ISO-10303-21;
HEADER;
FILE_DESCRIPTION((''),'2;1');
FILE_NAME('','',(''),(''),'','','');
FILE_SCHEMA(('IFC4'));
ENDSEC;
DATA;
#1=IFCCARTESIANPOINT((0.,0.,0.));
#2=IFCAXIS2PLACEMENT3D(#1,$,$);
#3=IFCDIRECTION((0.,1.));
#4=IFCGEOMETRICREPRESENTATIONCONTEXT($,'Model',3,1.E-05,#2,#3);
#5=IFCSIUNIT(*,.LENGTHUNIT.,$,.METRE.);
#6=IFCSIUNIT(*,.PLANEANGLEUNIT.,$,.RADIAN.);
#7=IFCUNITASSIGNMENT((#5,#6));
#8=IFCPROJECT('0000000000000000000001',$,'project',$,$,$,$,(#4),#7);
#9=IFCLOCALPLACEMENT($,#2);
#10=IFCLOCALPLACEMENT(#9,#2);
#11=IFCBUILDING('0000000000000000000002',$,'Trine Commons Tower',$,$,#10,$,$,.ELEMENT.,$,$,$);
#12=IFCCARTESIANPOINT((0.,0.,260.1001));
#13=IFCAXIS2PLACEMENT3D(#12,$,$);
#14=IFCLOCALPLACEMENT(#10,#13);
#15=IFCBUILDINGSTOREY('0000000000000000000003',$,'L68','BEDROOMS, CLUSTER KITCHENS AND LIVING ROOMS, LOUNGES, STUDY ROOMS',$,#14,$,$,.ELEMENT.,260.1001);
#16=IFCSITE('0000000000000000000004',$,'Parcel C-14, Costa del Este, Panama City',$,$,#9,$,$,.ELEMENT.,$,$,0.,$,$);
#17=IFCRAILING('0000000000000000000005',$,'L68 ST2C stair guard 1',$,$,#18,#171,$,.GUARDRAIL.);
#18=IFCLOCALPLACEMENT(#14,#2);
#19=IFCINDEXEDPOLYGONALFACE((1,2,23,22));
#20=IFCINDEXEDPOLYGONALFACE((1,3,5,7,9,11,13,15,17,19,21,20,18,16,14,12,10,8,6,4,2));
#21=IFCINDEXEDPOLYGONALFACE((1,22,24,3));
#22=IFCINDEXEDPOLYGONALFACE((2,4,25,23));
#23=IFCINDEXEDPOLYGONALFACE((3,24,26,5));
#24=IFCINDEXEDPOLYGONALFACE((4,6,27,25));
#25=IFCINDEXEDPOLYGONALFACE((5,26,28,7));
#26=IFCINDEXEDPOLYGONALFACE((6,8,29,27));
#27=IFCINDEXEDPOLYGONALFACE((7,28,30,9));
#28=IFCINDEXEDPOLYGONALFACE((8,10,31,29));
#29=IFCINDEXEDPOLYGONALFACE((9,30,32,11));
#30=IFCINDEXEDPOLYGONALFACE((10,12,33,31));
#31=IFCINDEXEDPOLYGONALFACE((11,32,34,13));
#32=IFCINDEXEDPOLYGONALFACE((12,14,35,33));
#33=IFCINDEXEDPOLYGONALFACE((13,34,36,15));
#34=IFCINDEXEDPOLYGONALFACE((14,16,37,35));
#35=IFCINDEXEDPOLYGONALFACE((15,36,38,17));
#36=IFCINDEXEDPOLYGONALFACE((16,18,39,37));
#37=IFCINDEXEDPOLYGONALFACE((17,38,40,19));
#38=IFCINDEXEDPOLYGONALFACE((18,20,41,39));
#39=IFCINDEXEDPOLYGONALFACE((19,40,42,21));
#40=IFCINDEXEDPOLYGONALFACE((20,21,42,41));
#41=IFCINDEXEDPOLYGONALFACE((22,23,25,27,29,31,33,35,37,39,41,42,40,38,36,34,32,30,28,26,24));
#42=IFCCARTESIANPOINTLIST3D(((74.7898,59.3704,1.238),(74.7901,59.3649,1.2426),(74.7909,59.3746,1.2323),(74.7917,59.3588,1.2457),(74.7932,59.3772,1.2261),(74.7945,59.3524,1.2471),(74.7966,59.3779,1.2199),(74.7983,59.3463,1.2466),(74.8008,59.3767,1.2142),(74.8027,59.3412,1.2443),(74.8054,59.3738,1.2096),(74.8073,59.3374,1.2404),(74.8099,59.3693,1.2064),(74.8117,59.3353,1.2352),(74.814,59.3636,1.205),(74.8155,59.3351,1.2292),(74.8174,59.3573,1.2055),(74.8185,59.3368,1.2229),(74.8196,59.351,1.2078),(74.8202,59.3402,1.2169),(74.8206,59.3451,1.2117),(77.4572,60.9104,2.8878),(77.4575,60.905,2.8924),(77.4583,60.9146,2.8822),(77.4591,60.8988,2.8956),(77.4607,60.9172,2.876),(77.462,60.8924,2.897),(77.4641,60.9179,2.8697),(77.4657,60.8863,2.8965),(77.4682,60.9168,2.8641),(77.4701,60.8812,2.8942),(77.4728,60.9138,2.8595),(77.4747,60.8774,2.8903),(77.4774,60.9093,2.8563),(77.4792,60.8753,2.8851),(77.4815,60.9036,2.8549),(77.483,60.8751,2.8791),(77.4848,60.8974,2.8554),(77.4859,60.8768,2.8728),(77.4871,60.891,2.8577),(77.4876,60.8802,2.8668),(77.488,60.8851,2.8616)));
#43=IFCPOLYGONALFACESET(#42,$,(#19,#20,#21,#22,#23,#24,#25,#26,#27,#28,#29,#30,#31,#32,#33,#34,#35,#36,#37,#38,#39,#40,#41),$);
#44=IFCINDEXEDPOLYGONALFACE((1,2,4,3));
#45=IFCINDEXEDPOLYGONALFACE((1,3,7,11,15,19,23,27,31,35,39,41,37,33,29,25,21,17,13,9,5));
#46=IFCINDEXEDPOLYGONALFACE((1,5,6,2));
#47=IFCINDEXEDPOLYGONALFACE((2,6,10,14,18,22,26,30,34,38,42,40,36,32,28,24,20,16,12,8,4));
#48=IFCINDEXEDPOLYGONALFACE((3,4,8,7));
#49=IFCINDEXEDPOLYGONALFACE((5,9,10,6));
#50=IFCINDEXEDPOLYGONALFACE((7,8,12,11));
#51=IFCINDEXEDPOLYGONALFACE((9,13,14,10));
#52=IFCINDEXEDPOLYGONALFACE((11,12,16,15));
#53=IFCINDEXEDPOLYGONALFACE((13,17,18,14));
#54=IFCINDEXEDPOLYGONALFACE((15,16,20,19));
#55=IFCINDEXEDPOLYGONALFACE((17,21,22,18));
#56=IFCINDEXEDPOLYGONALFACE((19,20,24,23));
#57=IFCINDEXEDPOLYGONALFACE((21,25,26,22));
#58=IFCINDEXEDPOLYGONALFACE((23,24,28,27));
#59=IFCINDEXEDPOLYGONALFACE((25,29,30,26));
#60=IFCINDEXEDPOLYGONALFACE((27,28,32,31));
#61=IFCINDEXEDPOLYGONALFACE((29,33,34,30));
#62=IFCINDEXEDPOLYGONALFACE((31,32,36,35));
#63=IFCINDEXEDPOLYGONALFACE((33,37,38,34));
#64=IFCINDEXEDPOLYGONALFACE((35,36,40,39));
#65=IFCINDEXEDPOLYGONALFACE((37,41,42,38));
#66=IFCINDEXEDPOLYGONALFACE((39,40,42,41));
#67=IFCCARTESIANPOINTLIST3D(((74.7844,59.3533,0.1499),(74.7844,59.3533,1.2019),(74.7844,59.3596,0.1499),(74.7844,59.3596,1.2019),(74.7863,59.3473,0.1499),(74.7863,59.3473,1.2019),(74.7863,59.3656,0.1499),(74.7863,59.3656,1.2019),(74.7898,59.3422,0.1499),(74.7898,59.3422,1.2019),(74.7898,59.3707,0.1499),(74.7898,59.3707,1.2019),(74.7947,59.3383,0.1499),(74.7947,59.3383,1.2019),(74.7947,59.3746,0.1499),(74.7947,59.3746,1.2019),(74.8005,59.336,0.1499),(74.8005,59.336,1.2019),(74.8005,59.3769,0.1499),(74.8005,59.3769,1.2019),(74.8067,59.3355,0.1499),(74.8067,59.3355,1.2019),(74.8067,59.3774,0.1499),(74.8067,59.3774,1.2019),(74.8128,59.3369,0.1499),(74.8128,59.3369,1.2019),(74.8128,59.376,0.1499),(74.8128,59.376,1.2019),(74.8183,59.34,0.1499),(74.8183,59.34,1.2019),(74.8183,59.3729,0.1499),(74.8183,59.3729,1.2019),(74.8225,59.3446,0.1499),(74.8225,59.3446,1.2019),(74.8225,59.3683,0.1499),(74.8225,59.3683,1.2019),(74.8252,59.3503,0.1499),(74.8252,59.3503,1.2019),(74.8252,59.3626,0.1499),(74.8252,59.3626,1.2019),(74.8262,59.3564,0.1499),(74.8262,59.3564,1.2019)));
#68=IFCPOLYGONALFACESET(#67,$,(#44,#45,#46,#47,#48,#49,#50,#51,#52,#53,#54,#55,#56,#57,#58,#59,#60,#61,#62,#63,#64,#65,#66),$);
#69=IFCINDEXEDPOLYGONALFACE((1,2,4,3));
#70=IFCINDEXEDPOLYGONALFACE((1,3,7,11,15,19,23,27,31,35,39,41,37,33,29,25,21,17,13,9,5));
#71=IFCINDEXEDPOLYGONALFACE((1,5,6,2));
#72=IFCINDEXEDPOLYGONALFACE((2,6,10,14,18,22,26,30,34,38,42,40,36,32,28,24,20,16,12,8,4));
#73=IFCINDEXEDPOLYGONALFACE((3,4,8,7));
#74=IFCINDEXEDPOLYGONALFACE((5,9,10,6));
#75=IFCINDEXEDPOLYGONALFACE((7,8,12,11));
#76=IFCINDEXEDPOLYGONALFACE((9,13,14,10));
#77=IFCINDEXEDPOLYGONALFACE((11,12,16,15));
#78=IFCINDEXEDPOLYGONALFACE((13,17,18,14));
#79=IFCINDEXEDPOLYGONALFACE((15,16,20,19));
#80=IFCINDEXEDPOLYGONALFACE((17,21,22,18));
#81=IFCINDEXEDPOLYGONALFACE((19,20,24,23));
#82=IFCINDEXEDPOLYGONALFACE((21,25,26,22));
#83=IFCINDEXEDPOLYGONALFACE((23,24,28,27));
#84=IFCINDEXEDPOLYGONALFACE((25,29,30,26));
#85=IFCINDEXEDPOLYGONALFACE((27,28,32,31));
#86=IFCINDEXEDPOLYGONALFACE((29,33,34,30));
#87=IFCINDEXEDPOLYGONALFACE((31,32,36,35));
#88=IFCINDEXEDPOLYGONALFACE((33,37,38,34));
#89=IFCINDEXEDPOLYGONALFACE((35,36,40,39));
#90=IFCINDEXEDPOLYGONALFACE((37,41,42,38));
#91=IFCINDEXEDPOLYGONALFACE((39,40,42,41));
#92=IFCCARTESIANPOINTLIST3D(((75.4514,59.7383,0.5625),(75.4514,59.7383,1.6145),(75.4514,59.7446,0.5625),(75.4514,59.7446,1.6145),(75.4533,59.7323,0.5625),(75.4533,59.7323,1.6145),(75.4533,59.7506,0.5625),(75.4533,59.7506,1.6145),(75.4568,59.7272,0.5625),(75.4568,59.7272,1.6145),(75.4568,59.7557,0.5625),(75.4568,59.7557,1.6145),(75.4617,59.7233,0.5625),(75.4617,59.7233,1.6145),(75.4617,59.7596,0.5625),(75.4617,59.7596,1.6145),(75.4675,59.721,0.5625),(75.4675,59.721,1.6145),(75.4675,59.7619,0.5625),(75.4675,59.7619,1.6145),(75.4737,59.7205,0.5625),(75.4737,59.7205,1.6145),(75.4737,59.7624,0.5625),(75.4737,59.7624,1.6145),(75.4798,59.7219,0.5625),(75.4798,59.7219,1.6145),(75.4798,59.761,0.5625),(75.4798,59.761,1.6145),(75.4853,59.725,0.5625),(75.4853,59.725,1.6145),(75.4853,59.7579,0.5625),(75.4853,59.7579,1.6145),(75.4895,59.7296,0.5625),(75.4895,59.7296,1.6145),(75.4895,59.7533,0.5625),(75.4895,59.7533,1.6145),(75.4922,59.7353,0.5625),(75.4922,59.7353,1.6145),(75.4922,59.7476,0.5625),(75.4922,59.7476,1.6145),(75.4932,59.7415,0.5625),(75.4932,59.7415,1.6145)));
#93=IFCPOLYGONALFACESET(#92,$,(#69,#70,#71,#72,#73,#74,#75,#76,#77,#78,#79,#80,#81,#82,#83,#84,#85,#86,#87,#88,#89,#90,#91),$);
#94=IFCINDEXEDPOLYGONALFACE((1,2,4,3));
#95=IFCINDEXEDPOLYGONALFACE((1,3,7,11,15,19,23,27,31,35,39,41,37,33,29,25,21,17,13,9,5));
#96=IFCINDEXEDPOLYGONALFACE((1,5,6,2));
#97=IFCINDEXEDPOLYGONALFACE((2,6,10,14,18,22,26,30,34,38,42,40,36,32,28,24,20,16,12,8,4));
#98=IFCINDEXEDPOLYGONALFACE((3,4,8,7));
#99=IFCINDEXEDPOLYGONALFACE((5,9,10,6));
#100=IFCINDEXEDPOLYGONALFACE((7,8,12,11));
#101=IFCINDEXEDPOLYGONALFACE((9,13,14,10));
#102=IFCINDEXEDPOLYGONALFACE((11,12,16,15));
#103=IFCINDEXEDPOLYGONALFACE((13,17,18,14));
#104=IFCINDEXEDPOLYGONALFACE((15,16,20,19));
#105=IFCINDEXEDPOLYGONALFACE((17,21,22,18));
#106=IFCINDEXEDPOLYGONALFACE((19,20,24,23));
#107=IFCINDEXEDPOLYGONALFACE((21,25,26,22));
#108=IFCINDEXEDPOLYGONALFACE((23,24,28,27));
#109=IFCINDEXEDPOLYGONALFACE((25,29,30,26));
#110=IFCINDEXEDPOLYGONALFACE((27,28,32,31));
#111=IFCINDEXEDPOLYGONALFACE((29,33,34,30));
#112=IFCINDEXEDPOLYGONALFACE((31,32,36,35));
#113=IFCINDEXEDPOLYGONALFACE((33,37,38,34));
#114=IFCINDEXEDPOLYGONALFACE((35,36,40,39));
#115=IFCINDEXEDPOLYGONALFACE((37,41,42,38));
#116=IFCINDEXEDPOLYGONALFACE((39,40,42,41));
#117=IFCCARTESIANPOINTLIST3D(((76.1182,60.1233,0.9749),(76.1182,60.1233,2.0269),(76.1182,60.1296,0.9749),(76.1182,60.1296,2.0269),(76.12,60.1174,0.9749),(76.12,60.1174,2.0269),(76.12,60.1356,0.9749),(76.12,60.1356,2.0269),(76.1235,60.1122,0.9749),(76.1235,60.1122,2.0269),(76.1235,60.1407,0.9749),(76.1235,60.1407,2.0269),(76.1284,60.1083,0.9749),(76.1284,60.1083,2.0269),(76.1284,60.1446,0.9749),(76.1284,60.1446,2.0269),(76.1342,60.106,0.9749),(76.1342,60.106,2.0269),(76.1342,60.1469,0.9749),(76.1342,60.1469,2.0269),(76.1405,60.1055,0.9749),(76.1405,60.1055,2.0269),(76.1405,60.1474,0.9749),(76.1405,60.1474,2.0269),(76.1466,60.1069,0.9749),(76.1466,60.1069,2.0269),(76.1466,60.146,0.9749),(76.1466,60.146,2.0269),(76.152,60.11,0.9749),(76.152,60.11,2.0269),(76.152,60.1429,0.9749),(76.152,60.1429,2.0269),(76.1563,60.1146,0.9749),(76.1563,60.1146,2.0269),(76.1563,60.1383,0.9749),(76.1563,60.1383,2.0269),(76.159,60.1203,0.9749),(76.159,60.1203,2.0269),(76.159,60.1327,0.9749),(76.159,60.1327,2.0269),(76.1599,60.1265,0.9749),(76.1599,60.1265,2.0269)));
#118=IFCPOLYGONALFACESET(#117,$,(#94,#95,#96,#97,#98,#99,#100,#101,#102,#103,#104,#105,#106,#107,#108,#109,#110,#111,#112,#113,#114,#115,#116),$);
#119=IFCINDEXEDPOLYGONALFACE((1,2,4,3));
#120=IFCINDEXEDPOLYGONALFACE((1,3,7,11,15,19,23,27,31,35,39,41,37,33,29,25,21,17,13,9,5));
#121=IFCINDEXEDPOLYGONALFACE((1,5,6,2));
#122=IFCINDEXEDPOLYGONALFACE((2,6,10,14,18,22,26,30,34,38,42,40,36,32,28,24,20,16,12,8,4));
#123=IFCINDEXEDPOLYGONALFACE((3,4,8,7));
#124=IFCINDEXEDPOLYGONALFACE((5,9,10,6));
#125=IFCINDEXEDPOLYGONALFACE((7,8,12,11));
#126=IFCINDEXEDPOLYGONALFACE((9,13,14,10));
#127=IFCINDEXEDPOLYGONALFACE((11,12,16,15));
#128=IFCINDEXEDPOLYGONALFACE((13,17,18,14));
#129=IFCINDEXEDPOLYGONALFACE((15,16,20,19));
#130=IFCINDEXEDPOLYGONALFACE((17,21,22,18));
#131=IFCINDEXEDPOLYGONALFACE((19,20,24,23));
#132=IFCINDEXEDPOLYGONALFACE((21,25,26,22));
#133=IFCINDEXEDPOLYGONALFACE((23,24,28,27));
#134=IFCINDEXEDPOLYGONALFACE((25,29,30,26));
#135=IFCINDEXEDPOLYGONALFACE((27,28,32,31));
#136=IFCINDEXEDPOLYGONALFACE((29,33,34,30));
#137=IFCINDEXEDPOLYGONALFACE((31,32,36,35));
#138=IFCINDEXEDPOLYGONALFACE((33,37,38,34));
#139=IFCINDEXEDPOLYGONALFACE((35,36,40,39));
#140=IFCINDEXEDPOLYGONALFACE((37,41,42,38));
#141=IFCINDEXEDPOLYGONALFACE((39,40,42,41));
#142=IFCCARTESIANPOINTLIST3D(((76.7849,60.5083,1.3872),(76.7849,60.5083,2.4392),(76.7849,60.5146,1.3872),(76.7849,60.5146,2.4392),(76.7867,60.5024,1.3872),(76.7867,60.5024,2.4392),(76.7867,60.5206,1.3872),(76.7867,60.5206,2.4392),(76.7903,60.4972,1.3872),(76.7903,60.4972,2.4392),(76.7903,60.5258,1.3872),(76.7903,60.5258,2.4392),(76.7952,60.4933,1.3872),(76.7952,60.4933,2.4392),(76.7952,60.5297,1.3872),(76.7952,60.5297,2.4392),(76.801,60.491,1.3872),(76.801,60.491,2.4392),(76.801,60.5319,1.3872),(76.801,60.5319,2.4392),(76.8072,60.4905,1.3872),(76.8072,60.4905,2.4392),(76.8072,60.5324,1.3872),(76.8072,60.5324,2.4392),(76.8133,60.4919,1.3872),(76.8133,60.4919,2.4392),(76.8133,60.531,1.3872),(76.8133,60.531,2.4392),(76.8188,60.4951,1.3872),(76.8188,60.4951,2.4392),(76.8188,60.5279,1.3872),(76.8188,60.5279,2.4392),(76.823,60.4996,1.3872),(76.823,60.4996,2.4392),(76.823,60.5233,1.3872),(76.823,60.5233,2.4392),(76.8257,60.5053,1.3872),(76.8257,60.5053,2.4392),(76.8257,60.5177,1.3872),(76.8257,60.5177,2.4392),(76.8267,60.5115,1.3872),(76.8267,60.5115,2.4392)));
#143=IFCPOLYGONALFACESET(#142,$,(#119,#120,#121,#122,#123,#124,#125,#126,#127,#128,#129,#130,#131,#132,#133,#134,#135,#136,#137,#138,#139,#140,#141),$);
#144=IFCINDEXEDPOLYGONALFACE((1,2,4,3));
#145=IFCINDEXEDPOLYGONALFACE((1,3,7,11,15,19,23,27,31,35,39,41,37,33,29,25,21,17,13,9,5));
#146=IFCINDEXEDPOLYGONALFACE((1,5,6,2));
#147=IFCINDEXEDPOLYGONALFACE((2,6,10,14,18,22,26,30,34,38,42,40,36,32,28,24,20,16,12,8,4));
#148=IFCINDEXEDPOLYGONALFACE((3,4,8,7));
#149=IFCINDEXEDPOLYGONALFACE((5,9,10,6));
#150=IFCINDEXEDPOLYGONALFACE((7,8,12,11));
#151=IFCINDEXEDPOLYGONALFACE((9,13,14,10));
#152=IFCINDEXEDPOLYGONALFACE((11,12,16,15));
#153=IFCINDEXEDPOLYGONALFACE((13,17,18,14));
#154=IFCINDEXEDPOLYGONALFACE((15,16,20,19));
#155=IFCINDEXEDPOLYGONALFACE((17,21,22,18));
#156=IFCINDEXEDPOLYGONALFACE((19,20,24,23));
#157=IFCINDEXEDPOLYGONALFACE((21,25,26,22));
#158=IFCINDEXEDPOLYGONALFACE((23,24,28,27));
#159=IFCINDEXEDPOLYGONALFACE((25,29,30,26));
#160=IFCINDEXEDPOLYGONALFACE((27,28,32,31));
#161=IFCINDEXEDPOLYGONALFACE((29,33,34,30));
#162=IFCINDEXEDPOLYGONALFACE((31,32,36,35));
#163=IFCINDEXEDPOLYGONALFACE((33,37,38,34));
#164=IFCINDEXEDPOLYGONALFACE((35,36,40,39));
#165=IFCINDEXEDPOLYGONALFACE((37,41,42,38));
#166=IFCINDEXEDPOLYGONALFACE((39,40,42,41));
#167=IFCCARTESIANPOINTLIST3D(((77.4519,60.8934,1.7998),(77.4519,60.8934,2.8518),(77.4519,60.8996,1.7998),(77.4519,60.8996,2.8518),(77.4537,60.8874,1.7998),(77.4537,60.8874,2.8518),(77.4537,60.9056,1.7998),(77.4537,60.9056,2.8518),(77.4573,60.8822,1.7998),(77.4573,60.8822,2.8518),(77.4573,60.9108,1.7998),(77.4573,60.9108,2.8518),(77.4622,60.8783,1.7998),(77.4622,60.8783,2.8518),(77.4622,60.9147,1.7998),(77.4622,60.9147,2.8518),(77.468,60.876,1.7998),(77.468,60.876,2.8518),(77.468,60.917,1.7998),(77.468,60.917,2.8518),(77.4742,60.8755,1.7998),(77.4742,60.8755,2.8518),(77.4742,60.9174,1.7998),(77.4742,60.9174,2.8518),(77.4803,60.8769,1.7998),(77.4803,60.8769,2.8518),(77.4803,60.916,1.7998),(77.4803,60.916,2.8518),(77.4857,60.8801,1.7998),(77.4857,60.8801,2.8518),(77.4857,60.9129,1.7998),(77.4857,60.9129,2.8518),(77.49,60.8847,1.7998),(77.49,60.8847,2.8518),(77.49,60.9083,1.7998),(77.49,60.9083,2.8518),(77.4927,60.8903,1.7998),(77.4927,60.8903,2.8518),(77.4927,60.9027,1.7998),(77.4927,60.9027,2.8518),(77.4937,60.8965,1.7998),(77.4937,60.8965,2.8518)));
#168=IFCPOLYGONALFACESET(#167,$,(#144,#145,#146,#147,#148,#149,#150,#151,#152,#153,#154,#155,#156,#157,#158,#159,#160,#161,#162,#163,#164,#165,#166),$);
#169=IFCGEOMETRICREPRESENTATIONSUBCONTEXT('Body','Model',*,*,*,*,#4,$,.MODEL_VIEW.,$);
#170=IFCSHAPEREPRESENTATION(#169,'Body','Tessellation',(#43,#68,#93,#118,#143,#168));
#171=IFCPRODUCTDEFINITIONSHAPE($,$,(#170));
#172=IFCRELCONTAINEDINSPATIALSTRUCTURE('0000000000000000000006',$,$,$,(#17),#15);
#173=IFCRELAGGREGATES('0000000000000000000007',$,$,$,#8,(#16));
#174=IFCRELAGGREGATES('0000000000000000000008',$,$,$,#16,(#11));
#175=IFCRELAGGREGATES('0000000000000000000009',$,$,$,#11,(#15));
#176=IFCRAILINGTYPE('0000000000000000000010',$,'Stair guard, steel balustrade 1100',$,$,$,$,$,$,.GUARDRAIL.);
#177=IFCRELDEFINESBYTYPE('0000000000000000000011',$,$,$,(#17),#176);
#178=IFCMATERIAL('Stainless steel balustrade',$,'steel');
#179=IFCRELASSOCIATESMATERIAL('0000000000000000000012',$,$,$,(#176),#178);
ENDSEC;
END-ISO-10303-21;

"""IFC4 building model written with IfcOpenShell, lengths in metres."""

from ifc_helpers import new_model, si_unit, direction, frame, origin, origin_2d, place, context, subcontext, project, spatial, circle, extrude, material, type_object, element, save


model = new_model("IFC4")

# Units and contexts
model_context = context("Model", 3, precision=1e-05, world=origin(), true_north=direction((0.0, 1.0)))
body_context = subcontext(model_context, "Body", "Model", "MODEL_VIEW")
ifc_project = project(units=[si_unit("LENGTHUNIT", "METRE"), si_unit("PLANEANGLEUNIT", "RADIAN")], contexts=[model_context])

# Site, building, storey
site_placement = place(None, origin())
site = spatial("IfcSite", under=ifc_project, at=site_placement, Name="Parcel C-14, Costa del Este, Panama City", CompositionType="ELEMENT", RefElevation=0.0)
building_placement = place(site_placement, origin())
building = spatial("IfcBuilding", under=site, at=building_placement, Name="Trine Commons Tower", CompositionType="ELEMENT")
storey_placement = place(building_placement, frame((0.0, 0.0, 260.1001)))
storey = spatial("IfcBuildingStorey", under=building, at=storey_placement, Name="L68", Description="BEDROOMS, CLUSTER KITCHENS AND LIVING ROOMS, LOUNGES, STUDY ROOMS", CompositionType="ELEMENT", Elevation=260.1001)

# Railing
ifc_material_1 = material(Name="Stainless steel balustrade", Category="steel")
railing_type_1 = type_object("IfcRailingType", Name="Stair guard, steel balustrade 1100", PredefinedType="GUARDRAIL", material=ifc_material_1)
railing_1_placement = place(storey_placement, frame((74.8052, 59.3564, 0.1499)))
element("IfcRailing", 1, at=railing_1_placement, inside=storey, type_object=railing_type_1, Name="L68 ST2C stair guard 1", PredefinedType="GUARDRAIL", context=body_context, shape_type="SweptSolid", body=[
    extrude(circle(Radius=0.0239, at=origin_2d()), frame((0.0, 0.0, 1.0762), z_axis=(0.763405, 0.440743, 0.472185), x_axis=(-0.499992, 0.86603, 0.0)), (0.0, 0.0, 1.0), 3.4941),
    extrude(circle(Radius=0.021, at=origin_2d()), origin(), (0.0, 0.0, 1.0), 1.052),
    extrude(circle(Radius=0.021, at=origin_2d()), frame((0.667, 0.385, 0.4126)), (0.0, 0.0, 1.0), 1.052),
    extrude(circle(Radius=0.021, at=origin_2d()), frame((1.3337, 0.77, 0.825)), (0.0, 0.0, 1.0), 1.052),
    extrude(circle(Radius=0.021, at=origin_2d()), frame((2.0005, 1.155, 1.2373)), (0.0, 0.0, 1.0), 1.052),
    extrude(circle(Radius=0.021, at=origin_2d()), frame((2.6675, 1.54, 1.6499)), (0.0, 0.0, 1.0), 1.052),
])

save(model, "model.ifc")
